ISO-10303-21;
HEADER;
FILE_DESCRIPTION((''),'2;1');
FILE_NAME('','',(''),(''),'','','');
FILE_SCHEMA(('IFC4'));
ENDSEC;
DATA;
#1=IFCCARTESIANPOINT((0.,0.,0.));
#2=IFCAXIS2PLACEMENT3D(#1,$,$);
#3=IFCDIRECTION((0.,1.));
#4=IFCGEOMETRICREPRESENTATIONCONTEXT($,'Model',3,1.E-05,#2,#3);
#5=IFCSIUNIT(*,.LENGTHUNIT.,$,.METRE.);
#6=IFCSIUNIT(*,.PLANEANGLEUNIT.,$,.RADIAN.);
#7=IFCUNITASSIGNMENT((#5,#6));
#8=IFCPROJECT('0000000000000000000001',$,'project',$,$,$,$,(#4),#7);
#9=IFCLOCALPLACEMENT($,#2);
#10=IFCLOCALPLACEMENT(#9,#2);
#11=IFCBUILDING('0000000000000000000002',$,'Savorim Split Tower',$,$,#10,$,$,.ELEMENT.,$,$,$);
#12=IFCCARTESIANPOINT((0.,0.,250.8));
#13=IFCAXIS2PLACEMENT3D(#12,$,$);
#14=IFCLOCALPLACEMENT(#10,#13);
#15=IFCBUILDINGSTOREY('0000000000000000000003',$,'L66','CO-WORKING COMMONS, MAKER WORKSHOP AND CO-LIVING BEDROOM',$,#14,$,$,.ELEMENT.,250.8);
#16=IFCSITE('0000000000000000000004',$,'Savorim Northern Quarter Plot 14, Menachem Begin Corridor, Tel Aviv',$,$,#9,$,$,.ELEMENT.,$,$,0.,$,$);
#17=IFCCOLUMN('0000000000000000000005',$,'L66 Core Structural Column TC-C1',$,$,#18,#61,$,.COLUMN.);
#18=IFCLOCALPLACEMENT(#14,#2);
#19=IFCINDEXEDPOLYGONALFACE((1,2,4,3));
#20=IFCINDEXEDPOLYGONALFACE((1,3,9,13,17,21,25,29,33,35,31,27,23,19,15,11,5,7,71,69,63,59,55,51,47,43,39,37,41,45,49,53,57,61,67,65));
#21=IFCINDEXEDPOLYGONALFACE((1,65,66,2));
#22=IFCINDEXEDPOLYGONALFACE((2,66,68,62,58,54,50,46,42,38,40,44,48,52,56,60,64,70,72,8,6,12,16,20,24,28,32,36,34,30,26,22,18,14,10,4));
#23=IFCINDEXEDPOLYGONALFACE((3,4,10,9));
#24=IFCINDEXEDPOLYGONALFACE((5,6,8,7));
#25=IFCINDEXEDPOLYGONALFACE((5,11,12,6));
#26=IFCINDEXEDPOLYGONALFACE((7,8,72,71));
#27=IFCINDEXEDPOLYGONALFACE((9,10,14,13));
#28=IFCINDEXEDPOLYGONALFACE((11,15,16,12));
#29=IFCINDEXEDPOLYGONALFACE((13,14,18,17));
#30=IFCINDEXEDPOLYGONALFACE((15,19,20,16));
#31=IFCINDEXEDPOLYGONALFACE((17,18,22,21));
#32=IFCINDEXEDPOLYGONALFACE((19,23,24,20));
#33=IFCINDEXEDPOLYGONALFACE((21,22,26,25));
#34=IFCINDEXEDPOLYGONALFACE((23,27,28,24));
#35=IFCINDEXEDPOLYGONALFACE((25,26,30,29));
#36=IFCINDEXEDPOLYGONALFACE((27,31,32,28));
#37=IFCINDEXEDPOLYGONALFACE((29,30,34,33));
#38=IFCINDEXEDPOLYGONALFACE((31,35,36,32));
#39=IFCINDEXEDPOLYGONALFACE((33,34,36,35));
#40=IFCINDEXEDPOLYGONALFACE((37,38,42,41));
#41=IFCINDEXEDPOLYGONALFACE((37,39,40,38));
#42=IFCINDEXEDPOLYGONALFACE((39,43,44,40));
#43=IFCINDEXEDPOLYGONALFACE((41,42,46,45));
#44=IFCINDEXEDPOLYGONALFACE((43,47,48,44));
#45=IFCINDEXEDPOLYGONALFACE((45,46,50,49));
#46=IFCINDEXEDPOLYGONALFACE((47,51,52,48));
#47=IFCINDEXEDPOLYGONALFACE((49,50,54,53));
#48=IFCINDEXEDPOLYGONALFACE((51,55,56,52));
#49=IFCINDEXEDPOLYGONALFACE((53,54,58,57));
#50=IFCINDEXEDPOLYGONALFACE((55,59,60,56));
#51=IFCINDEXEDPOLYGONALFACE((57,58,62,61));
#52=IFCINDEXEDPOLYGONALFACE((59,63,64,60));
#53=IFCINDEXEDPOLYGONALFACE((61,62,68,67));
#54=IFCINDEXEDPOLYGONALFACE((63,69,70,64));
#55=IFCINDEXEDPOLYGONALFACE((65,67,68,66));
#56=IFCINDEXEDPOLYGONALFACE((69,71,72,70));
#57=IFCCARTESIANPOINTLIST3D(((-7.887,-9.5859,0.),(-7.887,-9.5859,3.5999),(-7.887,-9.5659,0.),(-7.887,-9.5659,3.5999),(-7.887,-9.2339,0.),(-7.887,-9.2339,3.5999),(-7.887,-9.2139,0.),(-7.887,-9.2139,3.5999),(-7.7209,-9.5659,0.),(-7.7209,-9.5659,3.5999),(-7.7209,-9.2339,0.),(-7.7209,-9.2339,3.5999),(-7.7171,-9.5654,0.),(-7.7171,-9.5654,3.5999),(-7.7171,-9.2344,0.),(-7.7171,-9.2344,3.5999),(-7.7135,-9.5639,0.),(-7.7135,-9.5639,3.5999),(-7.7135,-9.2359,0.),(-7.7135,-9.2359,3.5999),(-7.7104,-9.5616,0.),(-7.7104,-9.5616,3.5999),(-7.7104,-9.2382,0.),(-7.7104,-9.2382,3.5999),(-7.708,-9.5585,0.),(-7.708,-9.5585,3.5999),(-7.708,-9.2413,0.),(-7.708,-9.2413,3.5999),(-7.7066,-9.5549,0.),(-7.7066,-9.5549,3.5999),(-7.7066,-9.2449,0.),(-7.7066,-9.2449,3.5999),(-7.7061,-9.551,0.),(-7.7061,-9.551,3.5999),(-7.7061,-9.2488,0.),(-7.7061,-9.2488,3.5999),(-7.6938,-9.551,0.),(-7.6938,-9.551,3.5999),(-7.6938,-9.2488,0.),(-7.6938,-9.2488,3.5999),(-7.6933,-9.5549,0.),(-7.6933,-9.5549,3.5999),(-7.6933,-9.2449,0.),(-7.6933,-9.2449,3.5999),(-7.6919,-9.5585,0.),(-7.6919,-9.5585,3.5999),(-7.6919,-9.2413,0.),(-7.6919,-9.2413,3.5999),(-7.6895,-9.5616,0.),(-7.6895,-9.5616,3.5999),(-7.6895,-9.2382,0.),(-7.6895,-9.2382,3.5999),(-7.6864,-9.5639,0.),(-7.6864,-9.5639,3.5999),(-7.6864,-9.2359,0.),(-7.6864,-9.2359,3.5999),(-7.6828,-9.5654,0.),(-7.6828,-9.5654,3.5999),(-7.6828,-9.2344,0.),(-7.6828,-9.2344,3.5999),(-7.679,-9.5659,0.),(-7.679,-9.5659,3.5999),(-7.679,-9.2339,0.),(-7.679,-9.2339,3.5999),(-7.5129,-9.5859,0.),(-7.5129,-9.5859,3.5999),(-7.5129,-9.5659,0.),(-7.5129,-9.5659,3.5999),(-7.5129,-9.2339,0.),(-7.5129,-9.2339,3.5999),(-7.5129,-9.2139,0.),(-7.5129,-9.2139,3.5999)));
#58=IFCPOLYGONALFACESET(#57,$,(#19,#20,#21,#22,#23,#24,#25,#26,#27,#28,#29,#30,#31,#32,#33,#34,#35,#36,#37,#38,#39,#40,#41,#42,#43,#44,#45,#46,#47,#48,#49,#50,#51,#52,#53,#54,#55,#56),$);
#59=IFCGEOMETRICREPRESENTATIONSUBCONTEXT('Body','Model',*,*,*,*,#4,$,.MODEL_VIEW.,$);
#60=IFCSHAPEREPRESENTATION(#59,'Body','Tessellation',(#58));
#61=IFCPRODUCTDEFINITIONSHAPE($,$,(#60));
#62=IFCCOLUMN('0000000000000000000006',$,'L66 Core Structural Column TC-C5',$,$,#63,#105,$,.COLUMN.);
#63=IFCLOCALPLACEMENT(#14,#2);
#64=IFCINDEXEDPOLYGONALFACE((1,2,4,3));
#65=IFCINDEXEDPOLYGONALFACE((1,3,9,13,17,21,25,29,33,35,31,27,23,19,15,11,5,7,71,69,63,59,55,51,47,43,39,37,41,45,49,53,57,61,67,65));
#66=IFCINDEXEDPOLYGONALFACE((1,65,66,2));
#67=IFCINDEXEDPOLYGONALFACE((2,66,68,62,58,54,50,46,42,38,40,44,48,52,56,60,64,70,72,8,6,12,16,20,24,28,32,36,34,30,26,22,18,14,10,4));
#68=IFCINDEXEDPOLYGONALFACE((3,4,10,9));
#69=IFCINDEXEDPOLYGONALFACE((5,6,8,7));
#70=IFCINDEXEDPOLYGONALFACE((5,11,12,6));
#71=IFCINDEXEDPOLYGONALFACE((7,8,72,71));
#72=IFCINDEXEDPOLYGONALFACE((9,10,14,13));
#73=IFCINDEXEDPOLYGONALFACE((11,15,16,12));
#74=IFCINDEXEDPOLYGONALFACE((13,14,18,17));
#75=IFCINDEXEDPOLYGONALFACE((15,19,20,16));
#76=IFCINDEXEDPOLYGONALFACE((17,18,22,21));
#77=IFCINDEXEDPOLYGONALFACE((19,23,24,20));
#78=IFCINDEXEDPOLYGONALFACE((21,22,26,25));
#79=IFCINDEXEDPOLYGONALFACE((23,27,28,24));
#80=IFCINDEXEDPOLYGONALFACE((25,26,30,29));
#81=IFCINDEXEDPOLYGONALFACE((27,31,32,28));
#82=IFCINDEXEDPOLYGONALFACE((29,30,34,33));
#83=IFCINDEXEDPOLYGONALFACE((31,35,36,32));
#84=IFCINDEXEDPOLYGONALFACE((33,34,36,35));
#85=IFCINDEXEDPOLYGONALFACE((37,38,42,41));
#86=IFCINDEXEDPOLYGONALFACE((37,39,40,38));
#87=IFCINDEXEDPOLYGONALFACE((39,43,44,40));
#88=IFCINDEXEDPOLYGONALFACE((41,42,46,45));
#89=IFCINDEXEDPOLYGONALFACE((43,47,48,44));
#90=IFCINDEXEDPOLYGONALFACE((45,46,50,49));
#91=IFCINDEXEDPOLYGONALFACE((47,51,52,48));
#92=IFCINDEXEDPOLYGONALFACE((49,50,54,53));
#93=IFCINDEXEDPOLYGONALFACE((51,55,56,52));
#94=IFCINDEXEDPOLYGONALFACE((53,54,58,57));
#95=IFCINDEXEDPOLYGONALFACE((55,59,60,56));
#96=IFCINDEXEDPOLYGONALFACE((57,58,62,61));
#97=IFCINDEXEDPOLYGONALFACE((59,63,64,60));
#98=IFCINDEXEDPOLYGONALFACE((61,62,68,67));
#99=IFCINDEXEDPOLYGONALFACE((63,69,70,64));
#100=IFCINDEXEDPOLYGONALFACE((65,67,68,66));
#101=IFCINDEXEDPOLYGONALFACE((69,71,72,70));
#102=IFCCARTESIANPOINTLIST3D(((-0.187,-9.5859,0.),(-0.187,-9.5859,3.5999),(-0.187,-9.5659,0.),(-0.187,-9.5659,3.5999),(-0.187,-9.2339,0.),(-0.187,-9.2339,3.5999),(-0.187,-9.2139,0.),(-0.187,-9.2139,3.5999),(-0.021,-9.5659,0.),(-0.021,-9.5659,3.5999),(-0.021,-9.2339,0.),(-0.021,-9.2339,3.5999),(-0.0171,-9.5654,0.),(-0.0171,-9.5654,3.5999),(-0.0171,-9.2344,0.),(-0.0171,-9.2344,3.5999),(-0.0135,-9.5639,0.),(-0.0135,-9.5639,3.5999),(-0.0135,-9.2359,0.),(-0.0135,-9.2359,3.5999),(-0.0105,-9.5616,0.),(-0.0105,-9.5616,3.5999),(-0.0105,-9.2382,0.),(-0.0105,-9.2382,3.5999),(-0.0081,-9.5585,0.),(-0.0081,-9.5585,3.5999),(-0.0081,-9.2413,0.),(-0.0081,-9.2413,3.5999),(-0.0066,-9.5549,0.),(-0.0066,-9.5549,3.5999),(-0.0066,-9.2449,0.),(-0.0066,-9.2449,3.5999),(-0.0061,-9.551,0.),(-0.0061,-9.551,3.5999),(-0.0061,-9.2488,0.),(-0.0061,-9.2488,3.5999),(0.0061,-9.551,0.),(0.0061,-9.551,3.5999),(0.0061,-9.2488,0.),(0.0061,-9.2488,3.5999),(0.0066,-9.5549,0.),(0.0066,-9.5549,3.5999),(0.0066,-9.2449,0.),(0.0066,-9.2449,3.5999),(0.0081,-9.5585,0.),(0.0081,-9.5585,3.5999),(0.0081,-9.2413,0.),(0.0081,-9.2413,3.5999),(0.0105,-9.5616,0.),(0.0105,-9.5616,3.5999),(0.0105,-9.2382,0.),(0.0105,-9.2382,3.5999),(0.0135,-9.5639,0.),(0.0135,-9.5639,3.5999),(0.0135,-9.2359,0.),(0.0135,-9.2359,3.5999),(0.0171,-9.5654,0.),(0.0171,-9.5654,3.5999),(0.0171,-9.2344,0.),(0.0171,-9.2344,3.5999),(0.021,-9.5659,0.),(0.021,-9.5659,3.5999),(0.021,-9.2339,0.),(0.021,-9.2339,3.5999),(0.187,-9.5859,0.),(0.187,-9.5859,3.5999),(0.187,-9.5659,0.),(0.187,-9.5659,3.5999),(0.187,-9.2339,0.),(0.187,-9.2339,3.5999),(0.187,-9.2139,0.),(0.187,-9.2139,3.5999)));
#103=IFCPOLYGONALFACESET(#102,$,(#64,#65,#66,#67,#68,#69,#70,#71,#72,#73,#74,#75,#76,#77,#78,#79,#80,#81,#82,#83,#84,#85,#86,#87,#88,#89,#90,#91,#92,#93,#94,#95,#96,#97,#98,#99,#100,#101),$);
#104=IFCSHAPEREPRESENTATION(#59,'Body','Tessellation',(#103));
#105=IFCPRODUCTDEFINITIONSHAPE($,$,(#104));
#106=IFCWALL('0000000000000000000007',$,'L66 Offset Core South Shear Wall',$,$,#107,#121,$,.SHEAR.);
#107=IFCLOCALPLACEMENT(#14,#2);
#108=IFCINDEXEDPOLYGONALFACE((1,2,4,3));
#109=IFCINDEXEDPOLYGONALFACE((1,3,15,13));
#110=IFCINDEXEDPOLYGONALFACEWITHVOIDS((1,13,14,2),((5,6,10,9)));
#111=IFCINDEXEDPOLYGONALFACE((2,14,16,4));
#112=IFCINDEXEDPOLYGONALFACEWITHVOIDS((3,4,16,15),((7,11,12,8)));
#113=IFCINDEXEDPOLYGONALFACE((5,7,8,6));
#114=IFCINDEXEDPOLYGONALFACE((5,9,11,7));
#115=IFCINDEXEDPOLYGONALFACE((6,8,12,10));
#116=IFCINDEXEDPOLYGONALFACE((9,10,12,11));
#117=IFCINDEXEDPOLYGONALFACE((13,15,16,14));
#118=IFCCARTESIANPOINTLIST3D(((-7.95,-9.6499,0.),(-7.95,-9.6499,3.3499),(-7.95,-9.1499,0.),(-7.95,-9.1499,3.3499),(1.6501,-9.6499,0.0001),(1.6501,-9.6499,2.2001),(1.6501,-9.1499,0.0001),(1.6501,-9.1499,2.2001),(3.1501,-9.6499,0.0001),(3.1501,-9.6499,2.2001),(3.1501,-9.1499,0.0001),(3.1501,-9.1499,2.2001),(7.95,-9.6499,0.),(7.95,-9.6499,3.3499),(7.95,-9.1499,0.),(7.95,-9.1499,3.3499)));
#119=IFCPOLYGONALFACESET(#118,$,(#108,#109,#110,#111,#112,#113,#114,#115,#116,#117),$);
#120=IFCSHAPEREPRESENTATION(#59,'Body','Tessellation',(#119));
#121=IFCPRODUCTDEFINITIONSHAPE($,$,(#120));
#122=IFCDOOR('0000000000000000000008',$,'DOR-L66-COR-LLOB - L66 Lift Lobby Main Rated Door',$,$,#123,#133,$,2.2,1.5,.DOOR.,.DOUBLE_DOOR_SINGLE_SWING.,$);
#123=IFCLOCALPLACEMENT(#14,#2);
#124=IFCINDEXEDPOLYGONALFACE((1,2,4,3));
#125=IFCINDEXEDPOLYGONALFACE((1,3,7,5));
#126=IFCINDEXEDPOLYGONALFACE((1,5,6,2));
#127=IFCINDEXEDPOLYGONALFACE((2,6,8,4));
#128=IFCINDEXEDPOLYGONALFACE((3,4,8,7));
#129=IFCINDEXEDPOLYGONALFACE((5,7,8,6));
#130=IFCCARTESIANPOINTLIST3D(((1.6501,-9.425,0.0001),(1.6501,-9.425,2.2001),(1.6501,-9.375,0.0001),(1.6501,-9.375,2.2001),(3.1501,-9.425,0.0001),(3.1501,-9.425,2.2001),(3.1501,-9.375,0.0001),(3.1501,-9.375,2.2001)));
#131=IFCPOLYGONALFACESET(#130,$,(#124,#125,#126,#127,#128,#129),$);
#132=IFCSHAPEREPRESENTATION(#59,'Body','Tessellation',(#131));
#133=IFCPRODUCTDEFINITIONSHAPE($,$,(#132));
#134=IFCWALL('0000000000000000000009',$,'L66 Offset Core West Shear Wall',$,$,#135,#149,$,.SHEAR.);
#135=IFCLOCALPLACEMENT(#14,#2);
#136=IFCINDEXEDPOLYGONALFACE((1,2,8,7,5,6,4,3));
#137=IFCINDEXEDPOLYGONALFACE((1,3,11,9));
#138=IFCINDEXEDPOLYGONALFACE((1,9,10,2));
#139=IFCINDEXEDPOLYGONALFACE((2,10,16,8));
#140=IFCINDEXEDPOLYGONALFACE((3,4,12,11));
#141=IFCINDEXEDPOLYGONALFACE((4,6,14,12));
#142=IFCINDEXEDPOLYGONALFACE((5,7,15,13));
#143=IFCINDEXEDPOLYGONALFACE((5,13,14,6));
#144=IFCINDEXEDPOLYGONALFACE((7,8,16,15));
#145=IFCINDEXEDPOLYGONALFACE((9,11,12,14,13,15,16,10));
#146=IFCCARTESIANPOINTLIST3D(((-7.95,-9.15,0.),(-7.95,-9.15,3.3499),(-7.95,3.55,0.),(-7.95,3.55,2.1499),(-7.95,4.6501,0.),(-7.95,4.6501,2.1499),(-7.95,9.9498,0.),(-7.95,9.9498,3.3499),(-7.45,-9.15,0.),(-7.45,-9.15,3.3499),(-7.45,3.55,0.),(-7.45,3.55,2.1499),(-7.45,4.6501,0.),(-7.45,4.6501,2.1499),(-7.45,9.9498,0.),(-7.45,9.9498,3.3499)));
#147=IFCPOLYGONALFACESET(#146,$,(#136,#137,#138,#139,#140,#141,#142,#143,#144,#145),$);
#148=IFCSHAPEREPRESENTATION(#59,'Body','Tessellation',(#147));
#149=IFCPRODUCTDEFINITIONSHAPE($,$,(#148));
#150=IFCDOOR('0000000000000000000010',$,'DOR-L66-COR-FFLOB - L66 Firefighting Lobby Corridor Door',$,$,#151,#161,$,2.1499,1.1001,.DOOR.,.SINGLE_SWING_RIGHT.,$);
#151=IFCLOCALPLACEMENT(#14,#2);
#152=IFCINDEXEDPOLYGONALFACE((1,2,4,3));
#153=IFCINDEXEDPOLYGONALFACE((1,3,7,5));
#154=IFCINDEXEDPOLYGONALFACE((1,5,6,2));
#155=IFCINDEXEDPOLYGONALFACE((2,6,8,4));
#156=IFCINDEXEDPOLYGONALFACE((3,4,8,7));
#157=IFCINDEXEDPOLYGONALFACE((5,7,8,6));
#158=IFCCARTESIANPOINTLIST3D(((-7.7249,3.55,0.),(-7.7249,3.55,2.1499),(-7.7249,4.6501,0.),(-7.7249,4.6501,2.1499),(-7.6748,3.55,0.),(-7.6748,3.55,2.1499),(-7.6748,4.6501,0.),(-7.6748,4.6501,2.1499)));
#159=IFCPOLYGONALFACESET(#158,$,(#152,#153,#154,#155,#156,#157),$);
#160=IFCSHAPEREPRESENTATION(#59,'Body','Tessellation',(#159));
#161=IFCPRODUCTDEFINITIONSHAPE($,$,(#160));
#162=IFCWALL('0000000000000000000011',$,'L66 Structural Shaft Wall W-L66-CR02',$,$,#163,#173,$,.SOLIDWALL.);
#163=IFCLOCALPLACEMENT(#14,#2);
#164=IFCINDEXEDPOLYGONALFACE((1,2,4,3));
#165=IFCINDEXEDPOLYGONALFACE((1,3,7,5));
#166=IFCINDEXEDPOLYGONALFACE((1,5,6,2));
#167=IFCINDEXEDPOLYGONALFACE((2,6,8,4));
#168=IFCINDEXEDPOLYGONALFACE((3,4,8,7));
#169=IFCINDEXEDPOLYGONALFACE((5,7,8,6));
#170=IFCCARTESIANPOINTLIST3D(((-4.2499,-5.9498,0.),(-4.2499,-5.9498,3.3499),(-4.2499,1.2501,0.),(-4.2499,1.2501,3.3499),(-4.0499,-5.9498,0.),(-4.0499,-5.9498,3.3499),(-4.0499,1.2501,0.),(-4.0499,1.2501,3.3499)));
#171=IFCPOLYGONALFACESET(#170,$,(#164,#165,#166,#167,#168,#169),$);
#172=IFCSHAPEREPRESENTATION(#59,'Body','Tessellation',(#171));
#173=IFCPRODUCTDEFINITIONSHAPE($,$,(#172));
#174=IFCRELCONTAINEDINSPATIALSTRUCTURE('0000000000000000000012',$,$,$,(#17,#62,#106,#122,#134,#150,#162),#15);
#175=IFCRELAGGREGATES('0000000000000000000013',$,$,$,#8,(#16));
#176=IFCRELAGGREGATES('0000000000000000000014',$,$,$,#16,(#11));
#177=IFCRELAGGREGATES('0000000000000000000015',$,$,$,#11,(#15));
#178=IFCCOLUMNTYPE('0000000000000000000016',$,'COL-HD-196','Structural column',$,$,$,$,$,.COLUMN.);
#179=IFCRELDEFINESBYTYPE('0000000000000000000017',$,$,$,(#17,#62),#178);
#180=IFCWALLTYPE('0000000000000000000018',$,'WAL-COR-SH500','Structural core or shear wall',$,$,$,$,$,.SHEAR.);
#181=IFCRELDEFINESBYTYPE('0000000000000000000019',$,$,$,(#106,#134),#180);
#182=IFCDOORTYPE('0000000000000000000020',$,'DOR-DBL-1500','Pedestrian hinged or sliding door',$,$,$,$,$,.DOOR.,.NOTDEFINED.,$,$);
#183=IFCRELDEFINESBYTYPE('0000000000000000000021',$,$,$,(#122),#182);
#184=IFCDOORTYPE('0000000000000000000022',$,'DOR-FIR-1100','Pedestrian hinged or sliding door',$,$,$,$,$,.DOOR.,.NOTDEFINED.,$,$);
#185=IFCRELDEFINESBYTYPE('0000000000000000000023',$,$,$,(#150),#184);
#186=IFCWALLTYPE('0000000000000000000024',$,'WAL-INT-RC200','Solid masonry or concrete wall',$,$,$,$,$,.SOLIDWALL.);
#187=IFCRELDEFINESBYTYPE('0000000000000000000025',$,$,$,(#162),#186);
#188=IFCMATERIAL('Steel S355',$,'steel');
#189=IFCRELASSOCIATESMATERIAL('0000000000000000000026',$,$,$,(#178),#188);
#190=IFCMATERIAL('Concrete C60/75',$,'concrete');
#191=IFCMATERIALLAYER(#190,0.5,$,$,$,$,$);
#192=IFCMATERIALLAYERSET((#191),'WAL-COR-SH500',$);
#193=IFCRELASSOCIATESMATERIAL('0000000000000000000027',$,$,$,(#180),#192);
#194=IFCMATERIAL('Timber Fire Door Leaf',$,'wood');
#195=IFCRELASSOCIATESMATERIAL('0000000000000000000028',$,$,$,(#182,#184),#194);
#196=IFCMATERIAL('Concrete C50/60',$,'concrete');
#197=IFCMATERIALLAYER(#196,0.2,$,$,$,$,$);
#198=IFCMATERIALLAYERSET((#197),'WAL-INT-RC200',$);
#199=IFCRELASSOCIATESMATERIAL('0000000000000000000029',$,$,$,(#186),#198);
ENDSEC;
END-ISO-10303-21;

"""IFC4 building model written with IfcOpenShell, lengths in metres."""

from ifc_helpers import new_model, si_unit, direction, frame, frame_2d, origin, origin_2d, place, context, subcontext, project, spatial, rectangle, i_section, extrude, material, layer, layer_set, material_profile, profile_set, type_object, element, fill, save


model = new_model("IFC4")

# Units and contexts
model_context = context("Model", 3, precision=1e-05, world=origin(), true_north=direction((0.0, 1.0)))
body_context = subcontext(model_context, "Body", "Model", "MODEL_VIEW")
ifc_project = project(units=[si_unit("LENGTHUNIT", "METRE"), si_unit("PLANEANGLEUNIT", "RADIAN")], contexts=[model_context])

# Site, building, storey
site_placement = place(None, origin())
site = spatial("IfcSite", under=ifc_project, at=site_placement, Name="Savorim Northern Quarter Plot 14, Menachem Begin Corridor, Tel Aviv", CompositionType="ELEMENT", RefElevation=0.0)
building_placement = place(site_placement, origin())
building = spatial("IfcBuilding", under=site, at=building_placement, Name="Savorim Split Tower", CompositionType="ELEMENT")
storey_placement = place(building_placement, frame((0.0, 0.0, 250.8)))
storey = spatial("IfcBuildingStorey", under=building, at=storey_placement, Name="L66", Description="CO-WORKING COMMONS, MAKER WORKSHOP AND CO-LIVING BEDROOM", CompositionType="ELEMENT", Elevation=250.8)

# Columns
ifc_material_1 = material(Name="Steel S355", Category="steel")
ifc_material_profile = material_profile(ifc_material_1, i_section(OverallWidth=0.374, OverallDepth=0.3721, WebThickness=0.0122, FlangeThickness=0.02, FilletRadius=0.0149, at=origin_2d()), Name="HD 360x196")
ifc_profile_set = profile_set([ifc_material_profile], Name="Steel S355")
column_type = type_object("IfcColumnType", Name="COL-HD-196", Description="Structural column", PredefinedType="COLUMN", material=ifc_profile_set)
for number, where, z_axis, x_axis, name in (
    (1, (-7.7, -9.3999, 0.0), (0.0, 0.0, 1.0), (1.0, 0.0, 0.0), "L66 Core Structural Column TC-C1"),
    (2, (0.0, -9.3999, 0.0), (0.0, 0.0, 1.0), (1.0, 0.0, 0.0), "L66 Core Structural Column TC-C5"),
):
    element("IfcColumn", number, at=place(storey_placement, frame(where, z_axis=z_axis, x_axis=x_axis)), inside=storey, type_object=column_type, Name=name, PredefinedType="COLUMN", context=body_context, shape_type="SweptSolid", body=[
        extrude(i_section(OverallWidth=0.374, OverallDepth=0.3721, WebThickness=0.0122, FlangeThickness=0.02, FilletRadius=0.0149, at=origin_2d()), origin(), (0.0, 0.0, 1.0), 3.5999),
    ])

# Walls, openings, doors
ifc_material_2 = material(Name="Concrete C60/75", Category="concrete")
ifc_layer_1 = layer(ifc_material_2, 0.5)
ifc_layer_set_1 = layer_set([ifc_layer_1], Name="WAL-COR-SH500")
wall_type_1 = type_object("IfcWallType", Name="WAL-COR-SH500", Description="Structural core or shear wall", PredefinedType="SHEAR", material=ifc_layer_set_1)
wall_1_placement = place(storey_placement, frame((-7.95, -9.3999, 0.0), z_axis=(0.0, 0.0, 1.0), x_axis=(1.0, 0.0, 0.0)))
wall_1 = element("IfcWall", 3, at=wall_1_placement, inside=storey, type_object=wall_type_1, Name="L66 Offset Core South Shear Wall", PredefinedType="SHEAR", context=body_context, shape_type="SweptSolid", body=[
    extrude(rectangle(XDim=15.8999, YDim=0.5, at=frame_2d((7.95, 0.0))), origin(), (0.0, 0.0, 1.0), 3.3499),
])
opening_1_placement = place(wall_1_placement, frame((9.6001, 0.0, 0.0)))
opening_1 = element("IfcOpeningElement", 4, at=opening_1_placement, cuts=wall_1, PredefinedType="OPENING", context=body_context, shape_type="SweptSolid", body=[
    extrude(rectangle(XDim=1.5, YDim=2.2, at=frame_2d((0.75, 1.1001))), frame((0.0, 0.26, 0.0), z_axis=(0.0, -1.0, 0.0), x_axis=(1.0, 0.0, 0.0)), (0.0, 0.0, 1.0), 0.52),
])
ifc_material_3 = material(Name="Timber Fire Door Leaf", Category="wood")
door_type_1 = type_object("IfcDoorType", Name="DOR-DBL-1500", Description="Pedestrian hinged or sliding door", OperationType="NOTDEFINED", PredefinedType="DOOR", material=ifc_material_3)
door_1_placement = place(opening_1_placement, origin())
door_1 = element("IfcDoor", 5, at=door_1_placement, inside=storey, type_object=door_type_1, Name="DOR-L66-COR-LLOB - L66 Lift Lobby Main Rated Door", OperationType="DOUBLE_DOOR_SINGLE_SWING", OverallHeight=2.2, OverallWidth=1.5, PredefinedType="DOOR", context=body_context, shape_type="SweptSolid", body=[
    extrude(rectangle(XDim=1.5, YDim=2.2, at=frame_2d((0.75, 1.1001))), frame((0.0, 0.0249, 0.0), z_axis=(0.0, -1.0, 0.0), x_axis=(1.0, 0.0, 0.0)), (0.0, 0.0, 1.0), 0.05),
])
fill(opening_1, door_1)
wall_2_placement = place(storey_placement, frame((-7.7, -9.1499, 0.0), z_axis=(0.0, 0.0, 1.0), x_axis=(0.0, 1.0, 0.0)))
wall_2 = element("IfcWall", 6, at=wall_2_placement, inside=storey, type_object=wall_type_1, Name="L66 Offset Core West Shear Wall", PredefinedType="SHEAR", context=body_context, shape_type="SweptSolid", body=[
    extrude(rectangle(XDim=19.0999, YDim=0.5, at=frame_2d((9.5498, 0.0))), origin(), (0.0, 0.0, 1.0), 3.3499),
])
opening_2_placement = place(wall_2_placement, frame((12.7, 0.0, 0.0)))
opening_2 = element("IfcOpeningElement", 7, at=opening_2_placement, cuts=wall_2, PredefinedType="OPENING", context=body_context, shape_type="SweptSolid", body=[
    extrude(rectangle(XDim=1.1001, YDim=2.1499, at=frame_2d((0.55, 1.075))), frame((0.0, 0.26, 0.0), z_axis=(0.0, -1.0, 0.0), x_axis=(1.0, 0.0, 0.0)), (0.0, 0.0, 1.0), 0.52),
])
door_type_2 = type_object("IfcDoorType", Name="DOR-FIR-1100", Description="Pedestrian hinged or sliding door", OperationType="NOTDEFINED", PredefinedType="DOOR", material=ifc_material_3)
door_2_placement = place(opening_2_placement, origin())
door_2 = element("IfcDoor", 8, at=door_2_placement, inside=storey, type_object=door_type_2, Name="DOR-L66-COR-FFLOB - L66 Firefighting Lobby Corridor Door", OperationType="SINGLE_SWING_RIGHT", OverallHeight=2.1499, OverallWidth=1.1001, PredefinedType="DOOR", context=body_context, shape_type="SweptSolid", body=[
    extrude(rectangle(XDim=1.1001, YDim=2.1499, at=frame_2d((0.55, 1.075))), frame((0.0, 0.0249, 0.0), z_axis=(0.0, -1.0, 0.0), x_axis=(1.0, 0.0, 0.0)), (0.0, 0.0, 1.0), 0.05),
])
fill(opening_2, door_2)

# Wall
ifc_material_4 = material(Name="Concrete C50/60", Category="concrete")
ifc_layer_2 = layer(ifc_material_4, 0.2)
ifc_layer_set_2 = layer_set([ifc_layer_2], Name="WAL-INT-RC200")
wall_type_2 = type_object("IfcWallType", Name="WAL-INT-RC200", Description="Solid masonry or concrete wall", PredefinedType="SOLIDWALL", material=ifc_layer_set_2)
wall_3_placement = place(storey_placement, frame((-4.1499, -5.95, 0.0), z_axis=(0.0, 0.0, 1.0), x_axis=(0.0, 1.0, 0.0)))
element("IfcWall", 9, at=wall_3_placement, inside=storey, type_object=wall_type_2, Name="L66 Structural Shaft Wall W-L66-CR02", PredefinedType="SOLIDWALL", context=body_context, shape_type="SweptSolid", body=[
    extrude(rectangle(XDim=7.2, YDim=0.2, at=frame_2d((3.6001, 0.0))), origin(), (0.0, 0.0, 1.0), 3.3499),
])

save(model, "model.ifc")
